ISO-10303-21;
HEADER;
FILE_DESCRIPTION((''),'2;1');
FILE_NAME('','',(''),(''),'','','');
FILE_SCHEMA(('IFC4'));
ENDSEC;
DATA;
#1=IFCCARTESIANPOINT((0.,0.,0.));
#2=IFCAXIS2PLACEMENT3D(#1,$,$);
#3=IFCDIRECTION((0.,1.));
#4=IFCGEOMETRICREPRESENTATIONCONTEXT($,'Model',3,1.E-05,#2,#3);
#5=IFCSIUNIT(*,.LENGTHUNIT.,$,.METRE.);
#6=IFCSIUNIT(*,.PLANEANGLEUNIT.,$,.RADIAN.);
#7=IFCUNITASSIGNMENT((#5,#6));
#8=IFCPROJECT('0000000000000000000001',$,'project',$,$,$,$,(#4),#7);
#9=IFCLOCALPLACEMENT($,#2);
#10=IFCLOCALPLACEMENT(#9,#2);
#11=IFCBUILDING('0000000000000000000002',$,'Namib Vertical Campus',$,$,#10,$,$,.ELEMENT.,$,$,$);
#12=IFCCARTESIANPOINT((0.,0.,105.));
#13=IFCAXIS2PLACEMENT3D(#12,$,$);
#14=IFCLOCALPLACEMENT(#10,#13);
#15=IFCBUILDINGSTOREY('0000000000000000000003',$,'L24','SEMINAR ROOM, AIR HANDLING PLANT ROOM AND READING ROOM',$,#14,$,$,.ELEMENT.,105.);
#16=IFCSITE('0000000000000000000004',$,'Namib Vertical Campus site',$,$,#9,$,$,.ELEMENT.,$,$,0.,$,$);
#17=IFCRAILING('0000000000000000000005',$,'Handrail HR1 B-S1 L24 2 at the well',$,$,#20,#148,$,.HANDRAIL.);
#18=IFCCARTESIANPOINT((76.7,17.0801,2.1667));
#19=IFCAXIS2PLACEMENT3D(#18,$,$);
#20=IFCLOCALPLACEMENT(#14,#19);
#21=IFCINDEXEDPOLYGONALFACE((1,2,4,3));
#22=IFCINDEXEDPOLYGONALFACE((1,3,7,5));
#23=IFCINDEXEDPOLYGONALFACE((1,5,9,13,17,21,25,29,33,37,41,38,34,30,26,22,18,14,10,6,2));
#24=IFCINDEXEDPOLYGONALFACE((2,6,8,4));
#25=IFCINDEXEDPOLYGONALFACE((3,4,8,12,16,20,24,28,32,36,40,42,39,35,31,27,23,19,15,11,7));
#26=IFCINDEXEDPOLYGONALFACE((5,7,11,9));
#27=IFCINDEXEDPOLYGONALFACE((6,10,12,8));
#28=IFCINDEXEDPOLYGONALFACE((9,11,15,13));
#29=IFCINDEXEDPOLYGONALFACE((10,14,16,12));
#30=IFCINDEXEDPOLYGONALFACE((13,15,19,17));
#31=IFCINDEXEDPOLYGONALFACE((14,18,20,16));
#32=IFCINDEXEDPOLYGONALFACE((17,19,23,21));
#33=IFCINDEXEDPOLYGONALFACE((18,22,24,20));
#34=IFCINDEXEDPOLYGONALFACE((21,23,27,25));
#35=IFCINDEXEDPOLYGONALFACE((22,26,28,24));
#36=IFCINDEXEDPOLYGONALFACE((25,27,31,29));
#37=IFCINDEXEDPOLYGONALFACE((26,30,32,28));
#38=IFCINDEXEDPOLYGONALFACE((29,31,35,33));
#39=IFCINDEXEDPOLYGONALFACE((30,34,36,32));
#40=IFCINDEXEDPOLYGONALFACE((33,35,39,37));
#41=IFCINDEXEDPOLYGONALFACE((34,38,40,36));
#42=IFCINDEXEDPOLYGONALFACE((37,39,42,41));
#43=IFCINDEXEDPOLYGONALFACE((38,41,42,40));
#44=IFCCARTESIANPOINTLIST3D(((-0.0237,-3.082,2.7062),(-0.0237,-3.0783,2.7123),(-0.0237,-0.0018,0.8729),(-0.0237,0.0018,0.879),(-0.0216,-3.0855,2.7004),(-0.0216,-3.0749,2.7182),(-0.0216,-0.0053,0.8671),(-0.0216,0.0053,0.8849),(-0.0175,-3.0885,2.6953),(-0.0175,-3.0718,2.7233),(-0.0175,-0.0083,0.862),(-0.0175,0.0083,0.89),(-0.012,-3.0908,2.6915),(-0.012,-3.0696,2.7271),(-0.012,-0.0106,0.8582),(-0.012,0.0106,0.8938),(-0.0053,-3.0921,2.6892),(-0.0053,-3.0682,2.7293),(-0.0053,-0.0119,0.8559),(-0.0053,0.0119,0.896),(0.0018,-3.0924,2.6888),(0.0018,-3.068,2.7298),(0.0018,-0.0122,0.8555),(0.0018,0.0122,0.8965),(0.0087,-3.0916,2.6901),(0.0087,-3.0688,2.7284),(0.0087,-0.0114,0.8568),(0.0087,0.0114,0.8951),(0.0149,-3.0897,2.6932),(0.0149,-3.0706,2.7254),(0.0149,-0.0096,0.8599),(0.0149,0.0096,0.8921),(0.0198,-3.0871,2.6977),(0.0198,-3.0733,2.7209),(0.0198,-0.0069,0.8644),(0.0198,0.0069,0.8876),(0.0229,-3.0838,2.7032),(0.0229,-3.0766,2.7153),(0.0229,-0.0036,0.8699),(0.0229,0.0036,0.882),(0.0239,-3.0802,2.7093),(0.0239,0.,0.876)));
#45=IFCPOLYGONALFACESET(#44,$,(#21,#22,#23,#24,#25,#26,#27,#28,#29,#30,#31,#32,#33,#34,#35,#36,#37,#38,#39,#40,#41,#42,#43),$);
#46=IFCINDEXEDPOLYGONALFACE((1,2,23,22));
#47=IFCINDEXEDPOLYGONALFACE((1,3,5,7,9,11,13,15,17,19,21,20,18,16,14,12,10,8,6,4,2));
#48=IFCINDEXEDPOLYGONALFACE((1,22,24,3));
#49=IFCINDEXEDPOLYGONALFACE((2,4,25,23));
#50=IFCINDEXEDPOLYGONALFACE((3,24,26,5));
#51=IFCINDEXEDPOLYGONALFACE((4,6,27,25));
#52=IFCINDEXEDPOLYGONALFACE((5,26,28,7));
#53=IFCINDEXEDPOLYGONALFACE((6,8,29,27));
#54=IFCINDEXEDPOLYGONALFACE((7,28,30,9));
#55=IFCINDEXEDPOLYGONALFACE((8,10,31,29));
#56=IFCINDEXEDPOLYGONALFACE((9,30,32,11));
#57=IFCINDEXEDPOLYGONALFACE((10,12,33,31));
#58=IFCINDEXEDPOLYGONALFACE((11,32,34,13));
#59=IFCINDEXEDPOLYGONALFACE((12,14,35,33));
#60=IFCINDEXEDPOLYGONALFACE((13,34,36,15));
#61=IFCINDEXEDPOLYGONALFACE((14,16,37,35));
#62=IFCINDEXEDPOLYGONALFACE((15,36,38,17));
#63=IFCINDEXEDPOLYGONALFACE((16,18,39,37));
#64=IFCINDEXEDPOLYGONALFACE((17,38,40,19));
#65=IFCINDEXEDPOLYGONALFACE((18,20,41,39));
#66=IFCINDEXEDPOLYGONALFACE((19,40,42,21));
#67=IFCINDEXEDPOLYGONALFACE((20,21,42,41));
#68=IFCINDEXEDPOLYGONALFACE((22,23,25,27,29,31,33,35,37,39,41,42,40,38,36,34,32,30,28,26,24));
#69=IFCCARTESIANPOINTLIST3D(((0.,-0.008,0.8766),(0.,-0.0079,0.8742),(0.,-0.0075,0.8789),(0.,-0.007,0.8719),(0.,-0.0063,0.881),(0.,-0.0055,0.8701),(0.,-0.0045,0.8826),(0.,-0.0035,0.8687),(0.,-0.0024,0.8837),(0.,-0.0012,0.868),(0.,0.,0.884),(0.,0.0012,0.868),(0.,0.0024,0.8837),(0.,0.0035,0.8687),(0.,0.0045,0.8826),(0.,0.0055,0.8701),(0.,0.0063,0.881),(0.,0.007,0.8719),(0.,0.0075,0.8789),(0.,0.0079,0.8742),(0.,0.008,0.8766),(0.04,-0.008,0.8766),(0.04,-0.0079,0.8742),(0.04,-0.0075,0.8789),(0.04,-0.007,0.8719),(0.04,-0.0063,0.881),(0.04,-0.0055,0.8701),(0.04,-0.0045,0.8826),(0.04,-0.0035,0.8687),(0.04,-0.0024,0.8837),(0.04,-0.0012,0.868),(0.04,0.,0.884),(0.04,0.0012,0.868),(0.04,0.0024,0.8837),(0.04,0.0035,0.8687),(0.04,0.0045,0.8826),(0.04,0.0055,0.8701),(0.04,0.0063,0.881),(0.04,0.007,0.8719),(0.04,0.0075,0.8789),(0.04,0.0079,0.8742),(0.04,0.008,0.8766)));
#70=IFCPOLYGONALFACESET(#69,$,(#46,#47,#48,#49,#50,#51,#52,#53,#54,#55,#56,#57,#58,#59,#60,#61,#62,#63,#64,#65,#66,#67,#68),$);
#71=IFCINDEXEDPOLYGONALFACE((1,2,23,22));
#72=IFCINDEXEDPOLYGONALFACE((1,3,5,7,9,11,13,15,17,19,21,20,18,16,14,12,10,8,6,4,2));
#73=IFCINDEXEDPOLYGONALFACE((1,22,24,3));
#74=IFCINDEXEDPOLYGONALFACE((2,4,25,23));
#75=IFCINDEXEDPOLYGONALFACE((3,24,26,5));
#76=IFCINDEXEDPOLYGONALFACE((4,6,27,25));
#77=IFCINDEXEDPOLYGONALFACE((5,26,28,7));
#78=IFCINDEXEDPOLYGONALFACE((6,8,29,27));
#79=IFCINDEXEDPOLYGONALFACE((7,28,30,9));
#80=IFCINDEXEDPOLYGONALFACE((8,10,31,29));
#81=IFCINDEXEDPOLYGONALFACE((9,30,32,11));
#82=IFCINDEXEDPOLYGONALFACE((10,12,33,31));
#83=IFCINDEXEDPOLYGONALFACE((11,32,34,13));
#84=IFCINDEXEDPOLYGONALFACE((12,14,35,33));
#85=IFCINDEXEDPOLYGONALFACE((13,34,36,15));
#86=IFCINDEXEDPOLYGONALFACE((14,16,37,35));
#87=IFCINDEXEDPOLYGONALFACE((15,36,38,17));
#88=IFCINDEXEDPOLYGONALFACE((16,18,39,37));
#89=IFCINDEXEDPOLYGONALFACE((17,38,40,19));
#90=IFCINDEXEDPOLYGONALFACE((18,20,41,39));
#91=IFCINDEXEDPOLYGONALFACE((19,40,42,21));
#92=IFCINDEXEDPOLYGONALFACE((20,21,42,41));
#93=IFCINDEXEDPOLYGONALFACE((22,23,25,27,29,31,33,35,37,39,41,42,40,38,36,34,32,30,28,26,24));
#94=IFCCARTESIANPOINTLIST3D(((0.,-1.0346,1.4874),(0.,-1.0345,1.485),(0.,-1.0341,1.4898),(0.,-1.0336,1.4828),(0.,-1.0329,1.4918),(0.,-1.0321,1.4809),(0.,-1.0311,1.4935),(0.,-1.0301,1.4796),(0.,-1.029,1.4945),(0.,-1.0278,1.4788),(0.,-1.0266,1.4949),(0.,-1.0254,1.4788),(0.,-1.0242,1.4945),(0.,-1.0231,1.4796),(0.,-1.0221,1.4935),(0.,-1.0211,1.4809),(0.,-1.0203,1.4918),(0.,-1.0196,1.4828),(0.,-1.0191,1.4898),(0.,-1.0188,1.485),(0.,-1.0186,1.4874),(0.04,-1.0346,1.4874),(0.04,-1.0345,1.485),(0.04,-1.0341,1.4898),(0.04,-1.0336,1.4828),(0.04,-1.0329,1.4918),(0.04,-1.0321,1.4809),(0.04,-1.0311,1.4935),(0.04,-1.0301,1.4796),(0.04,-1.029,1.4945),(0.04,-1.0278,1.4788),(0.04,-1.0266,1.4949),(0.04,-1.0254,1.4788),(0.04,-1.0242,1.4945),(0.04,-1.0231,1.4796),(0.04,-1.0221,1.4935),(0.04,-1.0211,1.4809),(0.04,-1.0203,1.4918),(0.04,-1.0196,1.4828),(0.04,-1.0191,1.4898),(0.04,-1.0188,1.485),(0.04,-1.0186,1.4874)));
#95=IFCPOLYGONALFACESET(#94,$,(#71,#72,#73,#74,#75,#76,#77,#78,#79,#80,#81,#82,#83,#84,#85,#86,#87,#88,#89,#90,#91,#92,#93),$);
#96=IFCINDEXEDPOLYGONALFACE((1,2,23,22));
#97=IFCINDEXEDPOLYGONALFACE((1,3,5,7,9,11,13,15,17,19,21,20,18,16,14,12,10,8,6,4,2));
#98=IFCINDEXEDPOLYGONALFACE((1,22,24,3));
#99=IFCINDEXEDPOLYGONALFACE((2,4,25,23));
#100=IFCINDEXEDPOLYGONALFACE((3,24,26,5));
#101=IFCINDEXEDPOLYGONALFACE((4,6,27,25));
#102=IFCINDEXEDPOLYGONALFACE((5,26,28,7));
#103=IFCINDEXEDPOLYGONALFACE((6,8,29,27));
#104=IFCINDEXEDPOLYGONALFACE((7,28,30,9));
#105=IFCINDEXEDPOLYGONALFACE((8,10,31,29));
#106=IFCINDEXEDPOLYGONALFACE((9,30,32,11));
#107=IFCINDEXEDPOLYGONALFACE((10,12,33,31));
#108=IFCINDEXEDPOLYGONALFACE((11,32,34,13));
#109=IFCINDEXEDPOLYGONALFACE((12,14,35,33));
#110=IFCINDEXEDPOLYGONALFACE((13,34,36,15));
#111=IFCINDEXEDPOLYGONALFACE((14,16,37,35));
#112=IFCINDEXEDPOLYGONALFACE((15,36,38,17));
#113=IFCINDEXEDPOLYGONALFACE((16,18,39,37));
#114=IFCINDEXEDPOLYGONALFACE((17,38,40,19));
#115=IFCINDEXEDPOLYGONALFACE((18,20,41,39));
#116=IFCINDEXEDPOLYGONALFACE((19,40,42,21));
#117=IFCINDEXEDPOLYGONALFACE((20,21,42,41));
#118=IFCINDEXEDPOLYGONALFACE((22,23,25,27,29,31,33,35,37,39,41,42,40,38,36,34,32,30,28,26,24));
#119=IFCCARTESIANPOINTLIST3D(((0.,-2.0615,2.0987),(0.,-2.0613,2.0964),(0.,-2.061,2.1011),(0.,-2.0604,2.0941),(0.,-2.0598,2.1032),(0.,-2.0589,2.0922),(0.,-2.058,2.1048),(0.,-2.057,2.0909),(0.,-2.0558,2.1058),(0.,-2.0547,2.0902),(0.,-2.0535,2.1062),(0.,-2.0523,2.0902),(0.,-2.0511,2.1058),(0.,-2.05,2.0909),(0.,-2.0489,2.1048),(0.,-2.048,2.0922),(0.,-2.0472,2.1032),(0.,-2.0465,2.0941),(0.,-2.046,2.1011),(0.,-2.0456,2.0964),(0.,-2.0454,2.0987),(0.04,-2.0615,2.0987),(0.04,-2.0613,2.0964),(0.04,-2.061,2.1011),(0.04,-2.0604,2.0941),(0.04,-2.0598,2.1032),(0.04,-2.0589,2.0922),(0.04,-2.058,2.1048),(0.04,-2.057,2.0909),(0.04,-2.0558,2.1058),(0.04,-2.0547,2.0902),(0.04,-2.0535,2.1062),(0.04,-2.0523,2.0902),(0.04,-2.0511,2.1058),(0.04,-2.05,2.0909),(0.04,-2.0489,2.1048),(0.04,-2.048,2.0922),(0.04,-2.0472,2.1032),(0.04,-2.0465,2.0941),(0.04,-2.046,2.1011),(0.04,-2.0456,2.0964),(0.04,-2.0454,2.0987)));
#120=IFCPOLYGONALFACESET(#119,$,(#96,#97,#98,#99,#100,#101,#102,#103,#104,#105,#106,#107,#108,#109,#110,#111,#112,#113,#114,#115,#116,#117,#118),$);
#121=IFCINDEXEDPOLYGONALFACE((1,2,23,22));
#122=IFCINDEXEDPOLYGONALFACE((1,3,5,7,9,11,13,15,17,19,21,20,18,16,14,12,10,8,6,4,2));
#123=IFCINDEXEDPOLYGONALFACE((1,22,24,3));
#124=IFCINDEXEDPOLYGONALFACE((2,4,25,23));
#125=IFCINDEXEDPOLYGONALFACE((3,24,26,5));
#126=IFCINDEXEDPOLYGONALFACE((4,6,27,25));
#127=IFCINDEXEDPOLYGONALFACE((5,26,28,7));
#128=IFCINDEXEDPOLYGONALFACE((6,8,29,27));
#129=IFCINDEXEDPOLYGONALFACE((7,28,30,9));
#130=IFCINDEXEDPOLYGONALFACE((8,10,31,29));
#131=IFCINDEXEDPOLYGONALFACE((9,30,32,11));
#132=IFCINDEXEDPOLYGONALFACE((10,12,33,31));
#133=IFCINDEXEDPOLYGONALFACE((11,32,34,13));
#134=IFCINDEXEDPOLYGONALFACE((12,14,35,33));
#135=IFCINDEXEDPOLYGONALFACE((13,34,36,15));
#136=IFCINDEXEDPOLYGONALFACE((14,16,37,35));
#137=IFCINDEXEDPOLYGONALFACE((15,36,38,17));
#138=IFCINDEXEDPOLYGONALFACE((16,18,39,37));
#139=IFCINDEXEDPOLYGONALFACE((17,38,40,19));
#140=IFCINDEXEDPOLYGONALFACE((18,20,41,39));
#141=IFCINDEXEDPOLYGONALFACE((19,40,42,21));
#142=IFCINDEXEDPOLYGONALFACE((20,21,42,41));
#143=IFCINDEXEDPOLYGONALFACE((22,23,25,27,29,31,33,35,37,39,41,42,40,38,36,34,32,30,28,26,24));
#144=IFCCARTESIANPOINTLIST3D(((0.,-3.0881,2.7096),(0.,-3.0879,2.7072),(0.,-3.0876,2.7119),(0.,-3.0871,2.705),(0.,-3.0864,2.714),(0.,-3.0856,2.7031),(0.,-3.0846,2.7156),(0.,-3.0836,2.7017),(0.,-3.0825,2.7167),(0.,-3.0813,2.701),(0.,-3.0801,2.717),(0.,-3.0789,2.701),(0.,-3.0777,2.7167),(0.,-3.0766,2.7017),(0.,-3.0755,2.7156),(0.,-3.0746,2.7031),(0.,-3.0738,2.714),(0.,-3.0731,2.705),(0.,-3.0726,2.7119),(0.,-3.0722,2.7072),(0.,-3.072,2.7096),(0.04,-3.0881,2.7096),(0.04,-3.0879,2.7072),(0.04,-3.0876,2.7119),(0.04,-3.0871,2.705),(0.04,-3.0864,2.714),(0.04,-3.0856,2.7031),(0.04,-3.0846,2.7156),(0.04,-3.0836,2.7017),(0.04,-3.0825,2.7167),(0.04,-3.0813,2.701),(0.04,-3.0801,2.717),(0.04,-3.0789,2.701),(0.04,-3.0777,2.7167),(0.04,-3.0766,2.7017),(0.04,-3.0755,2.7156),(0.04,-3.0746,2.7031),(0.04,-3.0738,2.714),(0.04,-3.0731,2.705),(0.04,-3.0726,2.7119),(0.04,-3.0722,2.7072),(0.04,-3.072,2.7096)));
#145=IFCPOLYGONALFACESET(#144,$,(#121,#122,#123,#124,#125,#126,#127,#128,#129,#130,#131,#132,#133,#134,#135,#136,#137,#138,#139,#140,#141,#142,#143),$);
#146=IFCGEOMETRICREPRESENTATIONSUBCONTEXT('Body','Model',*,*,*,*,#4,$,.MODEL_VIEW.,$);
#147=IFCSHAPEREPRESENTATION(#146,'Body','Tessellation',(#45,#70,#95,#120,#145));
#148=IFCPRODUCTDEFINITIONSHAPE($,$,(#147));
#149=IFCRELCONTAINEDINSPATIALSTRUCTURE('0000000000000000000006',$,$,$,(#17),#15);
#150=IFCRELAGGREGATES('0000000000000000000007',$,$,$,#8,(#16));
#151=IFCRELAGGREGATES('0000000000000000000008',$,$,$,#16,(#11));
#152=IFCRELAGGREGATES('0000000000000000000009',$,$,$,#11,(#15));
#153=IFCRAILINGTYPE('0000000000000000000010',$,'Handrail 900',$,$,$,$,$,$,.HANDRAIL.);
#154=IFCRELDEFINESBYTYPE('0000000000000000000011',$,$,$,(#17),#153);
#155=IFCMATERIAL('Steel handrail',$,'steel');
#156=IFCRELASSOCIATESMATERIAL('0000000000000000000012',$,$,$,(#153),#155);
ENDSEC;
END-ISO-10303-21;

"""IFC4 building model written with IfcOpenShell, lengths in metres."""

from ifc_helpers import new_model, si_unit, direction, frame, origin, origin_2d, place, context, subcontext, project, spatial, circle, extrude, material, type_object, element, save


model = new_model("IFC4")

# Units and contexts
model_context = context("Model", 3, precision=1e-05, world=origin(), true_north=direction((0.0, 1.0)))
body_context = subcontext(model_context, "Body", "Model", "MODEL_VIEW")
ifc_project = project(units=[si_unit("LENGTHUNIT", "METRE"), si_unit("PLANEANGLEUNIT", "RADIAN")], contexts=[model_context])

# Site, building, storey
site_placement = place(None, origin())
site = spatial("IfcSite", under=ifc_project, at=site_placement, Name="Namib Vertical Campus site", CompositionType="ELEMENT", RefElevation=0.0)
building_placement = place(site_placement, origin())
building = spatial("IfcBuilding", under=site, at=building_placement, Name="Namib Vertical Campus", CompositionType="ELEMENT")
storey_placement = place(building_placement, frame((0.0, 0.0, 105.0)))
storey = spatial("IfcBuildingStorey", under=building, at=storey_placement, Name="L24", Description="SEMINAR ROOM, AIR HANDLING PLANT ROOM AND READING ROOM", CompositionType="ELEMENT", Elevation=105.0)

# Railing
ifc_material_1 = material(Name="Steel handrail", Category="steel")
railing_type_1 = type_object("IfcRailingType", Name="Handrail 900", PredefinedType="HANDRAIL", material=ifc_material_1)
railing_1_placement = place(storey_placement, frame((76.7, 17.0801, 2.1667)))
element("IfcRailing", 1, at=railing_1_placement, inside=storey, type_object=railing_type_1, Name="Handrail HR1 B-S1 L24 2 at the well", PredefinedType="HANDRAIL", context=body_context, shape_type="SweptSolid", body=[
    extrude(circle(Radius=0.0239, at=origin_2d()), frame((0.0, 0.0, 0.876), z_axis=(0.0, -0.859309, 0.511458), x_axis=(1.0, 0.0, 0.0)), (0.0, 0.0, 1.0), 3.5845),
    extrude(circle(Radius=0.0081, at=origin_2d()), frame((0.0, 0.0, 0.876), z_axis=(1.0, 0.0, 0.0), x_axis=(0.0, 0.0, 1.0)), (0.0, 0.0, 1.0), 0.04),
    extrude(circle(Radius=0.0081, at=origin_2d()), frame((0.0, -1.0266, 1.4868), z_axis=(1.0, 0.0, 0.0), x_axis=(0.0, 0.0, 1.0)), (0.0, 0.0, 1.0), 0.04),
    extrude(circle(Radius=0.0081, at=origin_2d()), frame((0.0, -2.0535, 2.0981), z_axis=(1.0, 0.0, 0.0), x_axis=(0.0, 0.0, 1.0)), (0.0, 0.0, 1.0), 0.04),
    extrude(circle(Radius=0.0081, at=origin_2d()), frame((0.0, -3.0801, 2.709), z_axis=(1.0, 0.0, 0.0), x_axis=(0.0, 0.0, 1.0)), (0.0, 0.0, 1.0), 0.04),
])

save(model, "model.ifc")
